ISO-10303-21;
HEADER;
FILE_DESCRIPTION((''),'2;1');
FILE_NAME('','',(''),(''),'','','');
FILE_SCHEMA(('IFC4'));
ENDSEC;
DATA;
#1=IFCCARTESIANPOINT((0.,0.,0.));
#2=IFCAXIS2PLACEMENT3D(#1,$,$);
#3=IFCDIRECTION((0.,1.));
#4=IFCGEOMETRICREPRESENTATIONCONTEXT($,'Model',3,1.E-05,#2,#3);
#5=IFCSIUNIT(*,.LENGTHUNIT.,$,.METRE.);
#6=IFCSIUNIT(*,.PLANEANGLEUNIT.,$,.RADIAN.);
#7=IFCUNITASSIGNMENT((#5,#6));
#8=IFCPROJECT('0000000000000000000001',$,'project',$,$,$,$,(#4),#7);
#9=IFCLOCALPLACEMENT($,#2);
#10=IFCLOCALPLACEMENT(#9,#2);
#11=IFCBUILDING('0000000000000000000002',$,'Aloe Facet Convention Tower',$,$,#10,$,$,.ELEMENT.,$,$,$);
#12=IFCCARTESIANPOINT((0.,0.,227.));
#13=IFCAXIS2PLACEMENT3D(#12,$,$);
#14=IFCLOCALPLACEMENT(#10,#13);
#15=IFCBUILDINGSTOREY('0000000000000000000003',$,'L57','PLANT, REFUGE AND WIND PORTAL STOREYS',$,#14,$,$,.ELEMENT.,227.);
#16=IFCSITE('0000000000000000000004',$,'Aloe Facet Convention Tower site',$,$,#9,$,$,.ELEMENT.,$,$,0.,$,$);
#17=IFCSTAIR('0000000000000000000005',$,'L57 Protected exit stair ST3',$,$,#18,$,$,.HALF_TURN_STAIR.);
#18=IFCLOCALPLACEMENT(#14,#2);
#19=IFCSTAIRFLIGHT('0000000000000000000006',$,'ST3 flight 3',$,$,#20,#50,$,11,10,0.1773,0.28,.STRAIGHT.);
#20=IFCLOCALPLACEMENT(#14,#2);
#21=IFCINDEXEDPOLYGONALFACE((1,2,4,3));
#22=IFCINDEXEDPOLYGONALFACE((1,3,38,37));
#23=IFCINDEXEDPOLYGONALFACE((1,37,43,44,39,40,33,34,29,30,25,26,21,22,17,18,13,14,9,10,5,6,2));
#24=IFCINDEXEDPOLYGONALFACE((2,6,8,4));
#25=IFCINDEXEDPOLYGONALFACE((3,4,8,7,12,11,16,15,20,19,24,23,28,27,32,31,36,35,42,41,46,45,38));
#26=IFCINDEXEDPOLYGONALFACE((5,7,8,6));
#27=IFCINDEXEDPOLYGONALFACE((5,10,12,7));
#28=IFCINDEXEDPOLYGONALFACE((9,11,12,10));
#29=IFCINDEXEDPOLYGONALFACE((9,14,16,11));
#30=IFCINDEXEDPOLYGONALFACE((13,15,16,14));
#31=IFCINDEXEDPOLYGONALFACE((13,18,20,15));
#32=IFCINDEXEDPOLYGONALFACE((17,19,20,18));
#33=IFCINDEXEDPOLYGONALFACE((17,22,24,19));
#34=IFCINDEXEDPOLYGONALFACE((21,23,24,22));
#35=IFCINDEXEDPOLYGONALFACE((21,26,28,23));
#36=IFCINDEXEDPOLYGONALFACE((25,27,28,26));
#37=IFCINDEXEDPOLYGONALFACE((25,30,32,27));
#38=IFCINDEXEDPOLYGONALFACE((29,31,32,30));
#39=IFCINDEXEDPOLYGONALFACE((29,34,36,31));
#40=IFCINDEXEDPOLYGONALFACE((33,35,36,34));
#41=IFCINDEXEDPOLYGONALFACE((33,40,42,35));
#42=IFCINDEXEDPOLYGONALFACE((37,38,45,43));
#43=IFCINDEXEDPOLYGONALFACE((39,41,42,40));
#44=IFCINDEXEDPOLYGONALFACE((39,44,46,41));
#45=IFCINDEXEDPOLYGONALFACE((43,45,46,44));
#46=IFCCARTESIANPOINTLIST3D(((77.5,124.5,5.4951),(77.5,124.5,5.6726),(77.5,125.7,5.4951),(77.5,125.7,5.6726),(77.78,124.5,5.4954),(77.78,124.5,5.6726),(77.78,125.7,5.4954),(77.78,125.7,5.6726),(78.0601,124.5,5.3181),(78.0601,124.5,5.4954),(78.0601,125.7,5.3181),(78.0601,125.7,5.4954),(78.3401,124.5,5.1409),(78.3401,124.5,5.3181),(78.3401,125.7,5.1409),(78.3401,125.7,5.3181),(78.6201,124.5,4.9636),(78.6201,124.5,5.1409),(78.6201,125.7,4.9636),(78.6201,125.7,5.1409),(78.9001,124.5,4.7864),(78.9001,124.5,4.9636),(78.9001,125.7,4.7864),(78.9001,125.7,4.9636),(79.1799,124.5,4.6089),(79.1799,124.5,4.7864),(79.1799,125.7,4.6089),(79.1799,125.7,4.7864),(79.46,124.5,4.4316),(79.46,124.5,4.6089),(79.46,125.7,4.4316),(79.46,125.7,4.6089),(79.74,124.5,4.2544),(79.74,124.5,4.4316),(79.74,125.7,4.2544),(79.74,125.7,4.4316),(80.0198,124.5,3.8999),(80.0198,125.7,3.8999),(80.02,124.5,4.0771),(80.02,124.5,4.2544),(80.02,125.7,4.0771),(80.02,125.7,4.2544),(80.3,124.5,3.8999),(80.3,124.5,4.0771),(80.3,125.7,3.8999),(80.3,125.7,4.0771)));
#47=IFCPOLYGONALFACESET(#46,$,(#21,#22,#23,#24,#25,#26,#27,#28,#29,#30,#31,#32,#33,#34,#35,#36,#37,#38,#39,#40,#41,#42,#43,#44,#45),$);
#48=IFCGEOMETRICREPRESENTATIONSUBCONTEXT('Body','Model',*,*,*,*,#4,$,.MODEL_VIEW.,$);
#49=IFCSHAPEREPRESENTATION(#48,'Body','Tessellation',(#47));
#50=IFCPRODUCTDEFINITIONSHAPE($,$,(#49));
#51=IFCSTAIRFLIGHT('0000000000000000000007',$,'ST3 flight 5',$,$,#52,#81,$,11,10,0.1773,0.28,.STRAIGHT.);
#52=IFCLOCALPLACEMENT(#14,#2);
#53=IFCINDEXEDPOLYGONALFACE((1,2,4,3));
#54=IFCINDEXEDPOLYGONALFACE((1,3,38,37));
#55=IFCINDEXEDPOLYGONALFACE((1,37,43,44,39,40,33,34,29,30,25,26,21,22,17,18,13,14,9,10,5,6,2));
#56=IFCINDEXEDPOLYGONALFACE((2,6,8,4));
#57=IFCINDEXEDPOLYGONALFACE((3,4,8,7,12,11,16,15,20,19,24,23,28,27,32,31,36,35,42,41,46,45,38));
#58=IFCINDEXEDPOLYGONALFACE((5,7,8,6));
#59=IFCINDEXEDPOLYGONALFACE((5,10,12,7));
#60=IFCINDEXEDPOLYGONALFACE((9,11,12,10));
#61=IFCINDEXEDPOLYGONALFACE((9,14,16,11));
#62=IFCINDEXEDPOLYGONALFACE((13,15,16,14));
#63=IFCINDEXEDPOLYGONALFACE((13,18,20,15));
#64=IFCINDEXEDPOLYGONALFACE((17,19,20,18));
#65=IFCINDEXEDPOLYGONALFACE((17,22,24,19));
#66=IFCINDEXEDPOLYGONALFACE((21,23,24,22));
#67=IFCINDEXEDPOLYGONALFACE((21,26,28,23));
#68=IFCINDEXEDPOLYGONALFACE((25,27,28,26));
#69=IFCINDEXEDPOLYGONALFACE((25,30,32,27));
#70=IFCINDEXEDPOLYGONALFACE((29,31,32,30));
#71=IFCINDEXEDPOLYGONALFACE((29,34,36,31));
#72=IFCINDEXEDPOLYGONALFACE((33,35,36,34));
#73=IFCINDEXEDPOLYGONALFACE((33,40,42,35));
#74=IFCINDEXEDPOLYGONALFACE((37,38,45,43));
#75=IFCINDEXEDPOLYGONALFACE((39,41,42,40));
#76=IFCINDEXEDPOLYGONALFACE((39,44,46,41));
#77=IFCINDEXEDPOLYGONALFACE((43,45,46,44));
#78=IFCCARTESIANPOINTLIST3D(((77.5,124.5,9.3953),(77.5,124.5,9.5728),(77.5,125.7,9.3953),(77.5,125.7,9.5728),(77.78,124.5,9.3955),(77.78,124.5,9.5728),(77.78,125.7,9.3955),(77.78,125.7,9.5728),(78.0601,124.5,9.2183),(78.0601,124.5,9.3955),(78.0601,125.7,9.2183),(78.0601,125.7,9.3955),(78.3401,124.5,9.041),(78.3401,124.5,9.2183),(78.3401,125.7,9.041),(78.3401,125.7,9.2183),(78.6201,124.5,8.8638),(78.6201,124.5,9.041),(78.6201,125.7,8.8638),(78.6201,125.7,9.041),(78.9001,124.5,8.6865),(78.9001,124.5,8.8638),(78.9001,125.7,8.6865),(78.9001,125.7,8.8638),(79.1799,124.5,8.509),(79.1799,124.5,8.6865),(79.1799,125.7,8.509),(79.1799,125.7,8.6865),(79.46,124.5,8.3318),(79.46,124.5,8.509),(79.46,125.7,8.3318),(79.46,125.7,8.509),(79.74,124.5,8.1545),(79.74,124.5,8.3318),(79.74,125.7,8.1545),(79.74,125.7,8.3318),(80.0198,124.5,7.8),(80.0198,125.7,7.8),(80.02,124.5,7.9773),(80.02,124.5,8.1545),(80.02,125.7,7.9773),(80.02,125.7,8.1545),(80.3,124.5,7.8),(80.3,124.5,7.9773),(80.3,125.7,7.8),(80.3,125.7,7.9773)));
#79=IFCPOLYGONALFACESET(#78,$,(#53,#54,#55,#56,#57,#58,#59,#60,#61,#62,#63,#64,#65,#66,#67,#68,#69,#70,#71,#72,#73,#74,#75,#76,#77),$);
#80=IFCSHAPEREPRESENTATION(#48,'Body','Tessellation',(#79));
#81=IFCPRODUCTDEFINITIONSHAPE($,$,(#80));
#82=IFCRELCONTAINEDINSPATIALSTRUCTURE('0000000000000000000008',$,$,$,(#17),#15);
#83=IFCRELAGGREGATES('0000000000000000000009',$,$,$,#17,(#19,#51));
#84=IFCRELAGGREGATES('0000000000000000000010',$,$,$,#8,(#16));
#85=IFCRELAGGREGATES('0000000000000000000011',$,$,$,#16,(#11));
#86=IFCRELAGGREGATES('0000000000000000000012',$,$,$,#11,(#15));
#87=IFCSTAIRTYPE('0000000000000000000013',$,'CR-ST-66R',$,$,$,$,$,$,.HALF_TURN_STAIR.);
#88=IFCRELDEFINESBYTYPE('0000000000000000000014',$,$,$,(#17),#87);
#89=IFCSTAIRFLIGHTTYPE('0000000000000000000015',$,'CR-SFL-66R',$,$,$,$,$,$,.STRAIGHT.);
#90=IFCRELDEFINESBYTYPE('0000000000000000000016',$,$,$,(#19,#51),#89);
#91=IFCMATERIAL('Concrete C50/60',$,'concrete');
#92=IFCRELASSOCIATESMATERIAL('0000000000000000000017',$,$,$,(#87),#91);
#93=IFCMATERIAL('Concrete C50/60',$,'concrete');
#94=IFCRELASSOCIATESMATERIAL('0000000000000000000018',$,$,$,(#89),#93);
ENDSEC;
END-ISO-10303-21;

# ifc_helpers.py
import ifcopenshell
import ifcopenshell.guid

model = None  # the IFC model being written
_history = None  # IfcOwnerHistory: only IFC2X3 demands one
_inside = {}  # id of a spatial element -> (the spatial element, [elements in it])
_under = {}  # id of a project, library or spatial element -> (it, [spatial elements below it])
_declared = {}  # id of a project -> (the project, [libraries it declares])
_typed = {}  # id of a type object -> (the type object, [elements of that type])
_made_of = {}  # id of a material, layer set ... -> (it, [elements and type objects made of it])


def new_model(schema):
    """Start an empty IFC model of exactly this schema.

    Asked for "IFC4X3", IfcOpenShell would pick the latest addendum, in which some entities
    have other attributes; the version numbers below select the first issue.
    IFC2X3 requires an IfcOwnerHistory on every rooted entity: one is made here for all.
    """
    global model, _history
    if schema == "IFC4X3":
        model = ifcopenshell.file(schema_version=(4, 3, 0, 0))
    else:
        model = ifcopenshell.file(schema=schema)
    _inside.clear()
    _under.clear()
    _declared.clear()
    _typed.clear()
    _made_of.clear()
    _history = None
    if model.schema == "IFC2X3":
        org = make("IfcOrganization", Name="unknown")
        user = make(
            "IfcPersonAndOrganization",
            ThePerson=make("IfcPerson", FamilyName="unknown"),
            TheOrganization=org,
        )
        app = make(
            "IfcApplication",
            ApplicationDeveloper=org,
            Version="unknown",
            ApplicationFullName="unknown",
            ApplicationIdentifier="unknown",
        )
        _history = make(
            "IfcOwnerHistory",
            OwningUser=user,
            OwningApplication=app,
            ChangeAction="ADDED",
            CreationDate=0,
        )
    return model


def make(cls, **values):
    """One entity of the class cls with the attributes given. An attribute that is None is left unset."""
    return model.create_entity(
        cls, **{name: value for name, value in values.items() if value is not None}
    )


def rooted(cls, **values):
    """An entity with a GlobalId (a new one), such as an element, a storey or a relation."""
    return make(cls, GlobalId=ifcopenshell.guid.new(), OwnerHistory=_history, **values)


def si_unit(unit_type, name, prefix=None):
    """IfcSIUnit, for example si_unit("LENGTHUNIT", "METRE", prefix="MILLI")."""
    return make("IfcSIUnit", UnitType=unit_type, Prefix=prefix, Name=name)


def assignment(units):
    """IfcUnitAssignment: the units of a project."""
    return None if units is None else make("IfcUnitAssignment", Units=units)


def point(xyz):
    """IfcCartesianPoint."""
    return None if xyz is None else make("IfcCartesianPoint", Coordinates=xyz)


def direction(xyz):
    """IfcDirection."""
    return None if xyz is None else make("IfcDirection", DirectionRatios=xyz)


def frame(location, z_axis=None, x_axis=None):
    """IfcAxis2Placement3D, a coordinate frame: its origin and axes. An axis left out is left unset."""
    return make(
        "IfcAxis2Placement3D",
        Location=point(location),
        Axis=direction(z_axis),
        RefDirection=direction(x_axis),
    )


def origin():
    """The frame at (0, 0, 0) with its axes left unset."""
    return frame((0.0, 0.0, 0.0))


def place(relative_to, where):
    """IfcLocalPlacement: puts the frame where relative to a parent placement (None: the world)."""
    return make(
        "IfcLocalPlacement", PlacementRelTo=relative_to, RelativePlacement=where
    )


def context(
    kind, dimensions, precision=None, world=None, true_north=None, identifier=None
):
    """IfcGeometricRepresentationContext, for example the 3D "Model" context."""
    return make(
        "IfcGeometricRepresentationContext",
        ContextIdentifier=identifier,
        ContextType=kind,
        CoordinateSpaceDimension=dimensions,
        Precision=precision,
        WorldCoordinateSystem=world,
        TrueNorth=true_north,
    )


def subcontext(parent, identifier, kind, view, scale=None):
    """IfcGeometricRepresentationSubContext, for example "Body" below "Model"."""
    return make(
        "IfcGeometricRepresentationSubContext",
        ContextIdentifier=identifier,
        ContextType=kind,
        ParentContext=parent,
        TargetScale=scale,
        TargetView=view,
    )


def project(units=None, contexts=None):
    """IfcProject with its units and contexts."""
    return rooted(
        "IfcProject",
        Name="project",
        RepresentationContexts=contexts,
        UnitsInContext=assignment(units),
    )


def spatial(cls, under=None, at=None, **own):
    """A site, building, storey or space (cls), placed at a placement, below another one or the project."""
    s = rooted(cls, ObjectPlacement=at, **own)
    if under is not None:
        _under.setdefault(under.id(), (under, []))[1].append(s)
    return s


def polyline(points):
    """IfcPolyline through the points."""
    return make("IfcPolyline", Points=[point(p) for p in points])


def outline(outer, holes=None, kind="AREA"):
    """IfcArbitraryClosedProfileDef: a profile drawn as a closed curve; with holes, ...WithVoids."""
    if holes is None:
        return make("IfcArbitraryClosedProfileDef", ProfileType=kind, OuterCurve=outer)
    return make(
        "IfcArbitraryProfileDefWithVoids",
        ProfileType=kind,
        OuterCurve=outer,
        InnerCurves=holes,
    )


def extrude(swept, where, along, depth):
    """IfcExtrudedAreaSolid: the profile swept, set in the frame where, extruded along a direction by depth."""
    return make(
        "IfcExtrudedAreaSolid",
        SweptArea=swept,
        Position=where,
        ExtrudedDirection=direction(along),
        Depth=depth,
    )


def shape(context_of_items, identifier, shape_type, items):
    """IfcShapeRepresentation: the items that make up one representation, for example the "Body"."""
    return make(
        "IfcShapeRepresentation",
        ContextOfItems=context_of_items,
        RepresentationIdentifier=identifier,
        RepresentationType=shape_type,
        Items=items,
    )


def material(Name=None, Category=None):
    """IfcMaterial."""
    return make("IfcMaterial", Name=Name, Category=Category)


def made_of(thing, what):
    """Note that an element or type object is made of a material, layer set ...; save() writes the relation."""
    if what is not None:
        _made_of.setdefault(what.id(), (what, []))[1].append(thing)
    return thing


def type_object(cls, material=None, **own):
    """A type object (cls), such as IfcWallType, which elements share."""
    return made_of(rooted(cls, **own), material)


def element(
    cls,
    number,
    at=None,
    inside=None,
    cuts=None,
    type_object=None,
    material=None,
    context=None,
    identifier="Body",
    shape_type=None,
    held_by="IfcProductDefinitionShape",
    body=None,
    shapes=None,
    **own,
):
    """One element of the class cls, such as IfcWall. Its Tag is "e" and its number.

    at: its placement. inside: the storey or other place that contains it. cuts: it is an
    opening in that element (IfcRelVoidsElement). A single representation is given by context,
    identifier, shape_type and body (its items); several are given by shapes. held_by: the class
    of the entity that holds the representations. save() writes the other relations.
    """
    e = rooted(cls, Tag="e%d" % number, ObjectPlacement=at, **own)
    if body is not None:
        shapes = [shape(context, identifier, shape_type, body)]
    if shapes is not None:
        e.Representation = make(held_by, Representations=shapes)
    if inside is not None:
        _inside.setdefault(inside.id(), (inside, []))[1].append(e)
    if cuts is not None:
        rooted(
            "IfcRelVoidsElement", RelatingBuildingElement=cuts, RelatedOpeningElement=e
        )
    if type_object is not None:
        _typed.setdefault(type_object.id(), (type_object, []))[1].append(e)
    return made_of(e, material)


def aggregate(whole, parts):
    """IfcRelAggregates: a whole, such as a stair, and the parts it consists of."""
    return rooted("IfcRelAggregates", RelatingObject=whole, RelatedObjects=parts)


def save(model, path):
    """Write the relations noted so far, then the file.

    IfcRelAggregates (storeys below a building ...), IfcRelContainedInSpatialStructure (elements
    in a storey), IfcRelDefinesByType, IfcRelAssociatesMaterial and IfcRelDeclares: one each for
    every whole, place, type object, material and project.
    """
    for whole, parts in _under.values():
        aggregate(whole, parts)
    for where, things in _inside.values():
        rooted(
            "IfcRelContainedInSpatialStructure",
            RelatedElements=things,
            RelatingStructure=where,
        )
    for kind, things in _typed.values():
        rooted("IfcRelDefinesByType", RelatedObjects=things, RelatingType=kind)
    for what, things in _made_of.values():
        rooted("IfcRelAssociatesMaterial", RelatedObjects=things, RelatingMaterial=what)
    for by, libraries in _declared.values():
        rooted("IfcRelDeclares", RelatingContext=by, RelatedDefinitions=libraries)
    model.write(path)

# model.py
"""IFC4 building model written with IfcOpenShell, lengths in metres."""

from ifc_helpers import new_model, si_unit, direction, frame, origin, place, context, subcontext, project, spatial, polyline, outline, extrude, material, type_object, element, aggregate, save


model = new_model("IFC4")

# Units and contexts
model_context = context("Model", 3, precision=1e-05, world=origin(), true_north=direction((0.0, 1.0)))
body_context = subcontext(model_context, "Body", "Model", "MODEL_VIEW")
ifc_project = project(units=[si_unit("LENGTHUNIT", "METRE"), si_unit("PLANEANGLEUNIT", "RADIAN")], contexts=[model_context])

# Site, building, storey
site_placement = place(None, origin())
site = spatial("IfcSite", under=ifc_project, at=site_placement, Name="Aloe Facet Convention Tower site", CompositionType="ELEMENT", RefElevation=0.0)
building_placement = place(site_placement, origin())
building = spatial("IfcBuilding", under=site, at=building_placement, Name="Aloe Facet Convention Tower", CompositionType="ELEMENT")
storey_placement = place(building_placement, frame((0.0, 0.0, 227.0)))
storey = spatial("IfcBuildingStorey", under=building, at=storey_placement, Name="L57", Description="PLANT, REFUGE AND WIND PORTAL STOREYS", CompositionType="ELEMENT", Elevation=227.0)

# Stair, stair flights
ifc_material_1 = material(Name="Concrete C50/60", Category="concrete")
stair_type = type_object("IfcStairType", Name="CR-ST-66R", PredefinedType="HALF_TURN_STAIR", material=ifc_material_1)
stair_placement = place(storey_placement, origin())
stair = element("IfcStair", 1, at=stair_placement, inside=storey, type_object=stair_type, Name="L57 Protected exit stair ST3", PredefinedType="HALF_TURN_STAIR")
ifc_material_2 = material(Name="Concrete C50/60", Category="concrete")
stair_flight_type = type_object("IfcStairFlightType", Name="CR-SFL-66R", PredefinedType="STRAIGHT", material=ifc_material_2)
stair_flight_1_placement = place(storey_placement, frame((80.3, 125.1001, 3.8999), z_axis=(0.0, 0.0, 1.0), x_axis=(-1.0, 0.0, 0.0)))
stair_flight_1 = element("IfcStairFlight", 2, at=stair_flight_1_placement, type_object=stair_flight_type, Name="ST3 flight 3", NumberOfRisers=11, NumberOfTreads=10, PredefinedType="STRAIGHT", RiserHeight=0.1773, TreadLength=0.28, context=body_context, shape_type="SweptSolid", body=[
    extrude(outline(polyline([(0.0, 0.0), (0.0, 0.1772), (0.28, 0.1772), (0.28, 0.3545), (0.5601, 0.3545), (0.5601, 0.5317), (0.8401, 0.5317), (0.8401, 0.709), (1.1201, 0.709), (1.1201, 0.8865), (1.3999, 0.8865), (1.3999, 1.0637), (1.6799, 1.0637), (1.6799, 1.241), (1.96, 1.241), (1.96, 1.4182), (2.24, 1.4182), (2.24, 1.5955), (2.52, 1.5955), (2.52, 1.7727), (2.8, 1.7727), (2.8, 1.95), (2.8, 1.5952), (0.2803, 0.0), (0.0, 0.0)])), frame((0.0, 0.6001, 0.0), z_axis=(0.0, -1.0, 0.0), x_axis=(1.0, 0.0, 0.0)), (0.0, 0.0, 1.0), 1.2),
])
stair_flight_2_placement = place(storey_placement, frame((80.3, 125.1001, 7.8), z_axis=(0.0, 0.0, 1.0), x_axis=(-1.0, 0.0, 0.0)))
stair_flight_2 = element("IfcStairFlight", 3, at=stair_flight_2_placement, type_object=stair_flight_type, Name="ST3 flight 5", NumberOfRisers=11, NumberOfTreads=10, PredefinedType="STRAIGHT", RiserHeight=0.1773, TreadLength=0.28, context=body_context, shape_type="SweptSolid", body=[
    extrude(outline(polyline([(0.0, 0.0), (0.0, 0.1772), (0.28, 0.1772), (0.28, 0.3545), (0.5601, 0.3545), (0.5601, 0.5317), (0.8401, 0.5317), (0.8401, 0.709), (1.1201, 0.709), (1.1201, 0.8865), (1.3999, 0.8865), (1.3999, 1.0637), (1.6799, 1.0637), (1.6799, 1.241), (1.96, 1.241), (1.96, 1.4182), (2.24, 1.4182), (2.24, 1.5955), (2.52, 1.5955), (2.52, 1.7727), (2.8, 1.7727), (2.8, 1.95), (2.8, 1.5952), (0.2803, 0.0), (0.0, 0.0)])), frame((0.0, 0.6001, 0.0), z_axis=(0.0, -1.0, 0.0), x_axis=(1.0, 0.0, 0.0)), (0.0, 0.0, 1.0), 1.2),
])
aggregate(stair, [stair_flight_1, stair_flight_2])

save(model, "model.ifc")
